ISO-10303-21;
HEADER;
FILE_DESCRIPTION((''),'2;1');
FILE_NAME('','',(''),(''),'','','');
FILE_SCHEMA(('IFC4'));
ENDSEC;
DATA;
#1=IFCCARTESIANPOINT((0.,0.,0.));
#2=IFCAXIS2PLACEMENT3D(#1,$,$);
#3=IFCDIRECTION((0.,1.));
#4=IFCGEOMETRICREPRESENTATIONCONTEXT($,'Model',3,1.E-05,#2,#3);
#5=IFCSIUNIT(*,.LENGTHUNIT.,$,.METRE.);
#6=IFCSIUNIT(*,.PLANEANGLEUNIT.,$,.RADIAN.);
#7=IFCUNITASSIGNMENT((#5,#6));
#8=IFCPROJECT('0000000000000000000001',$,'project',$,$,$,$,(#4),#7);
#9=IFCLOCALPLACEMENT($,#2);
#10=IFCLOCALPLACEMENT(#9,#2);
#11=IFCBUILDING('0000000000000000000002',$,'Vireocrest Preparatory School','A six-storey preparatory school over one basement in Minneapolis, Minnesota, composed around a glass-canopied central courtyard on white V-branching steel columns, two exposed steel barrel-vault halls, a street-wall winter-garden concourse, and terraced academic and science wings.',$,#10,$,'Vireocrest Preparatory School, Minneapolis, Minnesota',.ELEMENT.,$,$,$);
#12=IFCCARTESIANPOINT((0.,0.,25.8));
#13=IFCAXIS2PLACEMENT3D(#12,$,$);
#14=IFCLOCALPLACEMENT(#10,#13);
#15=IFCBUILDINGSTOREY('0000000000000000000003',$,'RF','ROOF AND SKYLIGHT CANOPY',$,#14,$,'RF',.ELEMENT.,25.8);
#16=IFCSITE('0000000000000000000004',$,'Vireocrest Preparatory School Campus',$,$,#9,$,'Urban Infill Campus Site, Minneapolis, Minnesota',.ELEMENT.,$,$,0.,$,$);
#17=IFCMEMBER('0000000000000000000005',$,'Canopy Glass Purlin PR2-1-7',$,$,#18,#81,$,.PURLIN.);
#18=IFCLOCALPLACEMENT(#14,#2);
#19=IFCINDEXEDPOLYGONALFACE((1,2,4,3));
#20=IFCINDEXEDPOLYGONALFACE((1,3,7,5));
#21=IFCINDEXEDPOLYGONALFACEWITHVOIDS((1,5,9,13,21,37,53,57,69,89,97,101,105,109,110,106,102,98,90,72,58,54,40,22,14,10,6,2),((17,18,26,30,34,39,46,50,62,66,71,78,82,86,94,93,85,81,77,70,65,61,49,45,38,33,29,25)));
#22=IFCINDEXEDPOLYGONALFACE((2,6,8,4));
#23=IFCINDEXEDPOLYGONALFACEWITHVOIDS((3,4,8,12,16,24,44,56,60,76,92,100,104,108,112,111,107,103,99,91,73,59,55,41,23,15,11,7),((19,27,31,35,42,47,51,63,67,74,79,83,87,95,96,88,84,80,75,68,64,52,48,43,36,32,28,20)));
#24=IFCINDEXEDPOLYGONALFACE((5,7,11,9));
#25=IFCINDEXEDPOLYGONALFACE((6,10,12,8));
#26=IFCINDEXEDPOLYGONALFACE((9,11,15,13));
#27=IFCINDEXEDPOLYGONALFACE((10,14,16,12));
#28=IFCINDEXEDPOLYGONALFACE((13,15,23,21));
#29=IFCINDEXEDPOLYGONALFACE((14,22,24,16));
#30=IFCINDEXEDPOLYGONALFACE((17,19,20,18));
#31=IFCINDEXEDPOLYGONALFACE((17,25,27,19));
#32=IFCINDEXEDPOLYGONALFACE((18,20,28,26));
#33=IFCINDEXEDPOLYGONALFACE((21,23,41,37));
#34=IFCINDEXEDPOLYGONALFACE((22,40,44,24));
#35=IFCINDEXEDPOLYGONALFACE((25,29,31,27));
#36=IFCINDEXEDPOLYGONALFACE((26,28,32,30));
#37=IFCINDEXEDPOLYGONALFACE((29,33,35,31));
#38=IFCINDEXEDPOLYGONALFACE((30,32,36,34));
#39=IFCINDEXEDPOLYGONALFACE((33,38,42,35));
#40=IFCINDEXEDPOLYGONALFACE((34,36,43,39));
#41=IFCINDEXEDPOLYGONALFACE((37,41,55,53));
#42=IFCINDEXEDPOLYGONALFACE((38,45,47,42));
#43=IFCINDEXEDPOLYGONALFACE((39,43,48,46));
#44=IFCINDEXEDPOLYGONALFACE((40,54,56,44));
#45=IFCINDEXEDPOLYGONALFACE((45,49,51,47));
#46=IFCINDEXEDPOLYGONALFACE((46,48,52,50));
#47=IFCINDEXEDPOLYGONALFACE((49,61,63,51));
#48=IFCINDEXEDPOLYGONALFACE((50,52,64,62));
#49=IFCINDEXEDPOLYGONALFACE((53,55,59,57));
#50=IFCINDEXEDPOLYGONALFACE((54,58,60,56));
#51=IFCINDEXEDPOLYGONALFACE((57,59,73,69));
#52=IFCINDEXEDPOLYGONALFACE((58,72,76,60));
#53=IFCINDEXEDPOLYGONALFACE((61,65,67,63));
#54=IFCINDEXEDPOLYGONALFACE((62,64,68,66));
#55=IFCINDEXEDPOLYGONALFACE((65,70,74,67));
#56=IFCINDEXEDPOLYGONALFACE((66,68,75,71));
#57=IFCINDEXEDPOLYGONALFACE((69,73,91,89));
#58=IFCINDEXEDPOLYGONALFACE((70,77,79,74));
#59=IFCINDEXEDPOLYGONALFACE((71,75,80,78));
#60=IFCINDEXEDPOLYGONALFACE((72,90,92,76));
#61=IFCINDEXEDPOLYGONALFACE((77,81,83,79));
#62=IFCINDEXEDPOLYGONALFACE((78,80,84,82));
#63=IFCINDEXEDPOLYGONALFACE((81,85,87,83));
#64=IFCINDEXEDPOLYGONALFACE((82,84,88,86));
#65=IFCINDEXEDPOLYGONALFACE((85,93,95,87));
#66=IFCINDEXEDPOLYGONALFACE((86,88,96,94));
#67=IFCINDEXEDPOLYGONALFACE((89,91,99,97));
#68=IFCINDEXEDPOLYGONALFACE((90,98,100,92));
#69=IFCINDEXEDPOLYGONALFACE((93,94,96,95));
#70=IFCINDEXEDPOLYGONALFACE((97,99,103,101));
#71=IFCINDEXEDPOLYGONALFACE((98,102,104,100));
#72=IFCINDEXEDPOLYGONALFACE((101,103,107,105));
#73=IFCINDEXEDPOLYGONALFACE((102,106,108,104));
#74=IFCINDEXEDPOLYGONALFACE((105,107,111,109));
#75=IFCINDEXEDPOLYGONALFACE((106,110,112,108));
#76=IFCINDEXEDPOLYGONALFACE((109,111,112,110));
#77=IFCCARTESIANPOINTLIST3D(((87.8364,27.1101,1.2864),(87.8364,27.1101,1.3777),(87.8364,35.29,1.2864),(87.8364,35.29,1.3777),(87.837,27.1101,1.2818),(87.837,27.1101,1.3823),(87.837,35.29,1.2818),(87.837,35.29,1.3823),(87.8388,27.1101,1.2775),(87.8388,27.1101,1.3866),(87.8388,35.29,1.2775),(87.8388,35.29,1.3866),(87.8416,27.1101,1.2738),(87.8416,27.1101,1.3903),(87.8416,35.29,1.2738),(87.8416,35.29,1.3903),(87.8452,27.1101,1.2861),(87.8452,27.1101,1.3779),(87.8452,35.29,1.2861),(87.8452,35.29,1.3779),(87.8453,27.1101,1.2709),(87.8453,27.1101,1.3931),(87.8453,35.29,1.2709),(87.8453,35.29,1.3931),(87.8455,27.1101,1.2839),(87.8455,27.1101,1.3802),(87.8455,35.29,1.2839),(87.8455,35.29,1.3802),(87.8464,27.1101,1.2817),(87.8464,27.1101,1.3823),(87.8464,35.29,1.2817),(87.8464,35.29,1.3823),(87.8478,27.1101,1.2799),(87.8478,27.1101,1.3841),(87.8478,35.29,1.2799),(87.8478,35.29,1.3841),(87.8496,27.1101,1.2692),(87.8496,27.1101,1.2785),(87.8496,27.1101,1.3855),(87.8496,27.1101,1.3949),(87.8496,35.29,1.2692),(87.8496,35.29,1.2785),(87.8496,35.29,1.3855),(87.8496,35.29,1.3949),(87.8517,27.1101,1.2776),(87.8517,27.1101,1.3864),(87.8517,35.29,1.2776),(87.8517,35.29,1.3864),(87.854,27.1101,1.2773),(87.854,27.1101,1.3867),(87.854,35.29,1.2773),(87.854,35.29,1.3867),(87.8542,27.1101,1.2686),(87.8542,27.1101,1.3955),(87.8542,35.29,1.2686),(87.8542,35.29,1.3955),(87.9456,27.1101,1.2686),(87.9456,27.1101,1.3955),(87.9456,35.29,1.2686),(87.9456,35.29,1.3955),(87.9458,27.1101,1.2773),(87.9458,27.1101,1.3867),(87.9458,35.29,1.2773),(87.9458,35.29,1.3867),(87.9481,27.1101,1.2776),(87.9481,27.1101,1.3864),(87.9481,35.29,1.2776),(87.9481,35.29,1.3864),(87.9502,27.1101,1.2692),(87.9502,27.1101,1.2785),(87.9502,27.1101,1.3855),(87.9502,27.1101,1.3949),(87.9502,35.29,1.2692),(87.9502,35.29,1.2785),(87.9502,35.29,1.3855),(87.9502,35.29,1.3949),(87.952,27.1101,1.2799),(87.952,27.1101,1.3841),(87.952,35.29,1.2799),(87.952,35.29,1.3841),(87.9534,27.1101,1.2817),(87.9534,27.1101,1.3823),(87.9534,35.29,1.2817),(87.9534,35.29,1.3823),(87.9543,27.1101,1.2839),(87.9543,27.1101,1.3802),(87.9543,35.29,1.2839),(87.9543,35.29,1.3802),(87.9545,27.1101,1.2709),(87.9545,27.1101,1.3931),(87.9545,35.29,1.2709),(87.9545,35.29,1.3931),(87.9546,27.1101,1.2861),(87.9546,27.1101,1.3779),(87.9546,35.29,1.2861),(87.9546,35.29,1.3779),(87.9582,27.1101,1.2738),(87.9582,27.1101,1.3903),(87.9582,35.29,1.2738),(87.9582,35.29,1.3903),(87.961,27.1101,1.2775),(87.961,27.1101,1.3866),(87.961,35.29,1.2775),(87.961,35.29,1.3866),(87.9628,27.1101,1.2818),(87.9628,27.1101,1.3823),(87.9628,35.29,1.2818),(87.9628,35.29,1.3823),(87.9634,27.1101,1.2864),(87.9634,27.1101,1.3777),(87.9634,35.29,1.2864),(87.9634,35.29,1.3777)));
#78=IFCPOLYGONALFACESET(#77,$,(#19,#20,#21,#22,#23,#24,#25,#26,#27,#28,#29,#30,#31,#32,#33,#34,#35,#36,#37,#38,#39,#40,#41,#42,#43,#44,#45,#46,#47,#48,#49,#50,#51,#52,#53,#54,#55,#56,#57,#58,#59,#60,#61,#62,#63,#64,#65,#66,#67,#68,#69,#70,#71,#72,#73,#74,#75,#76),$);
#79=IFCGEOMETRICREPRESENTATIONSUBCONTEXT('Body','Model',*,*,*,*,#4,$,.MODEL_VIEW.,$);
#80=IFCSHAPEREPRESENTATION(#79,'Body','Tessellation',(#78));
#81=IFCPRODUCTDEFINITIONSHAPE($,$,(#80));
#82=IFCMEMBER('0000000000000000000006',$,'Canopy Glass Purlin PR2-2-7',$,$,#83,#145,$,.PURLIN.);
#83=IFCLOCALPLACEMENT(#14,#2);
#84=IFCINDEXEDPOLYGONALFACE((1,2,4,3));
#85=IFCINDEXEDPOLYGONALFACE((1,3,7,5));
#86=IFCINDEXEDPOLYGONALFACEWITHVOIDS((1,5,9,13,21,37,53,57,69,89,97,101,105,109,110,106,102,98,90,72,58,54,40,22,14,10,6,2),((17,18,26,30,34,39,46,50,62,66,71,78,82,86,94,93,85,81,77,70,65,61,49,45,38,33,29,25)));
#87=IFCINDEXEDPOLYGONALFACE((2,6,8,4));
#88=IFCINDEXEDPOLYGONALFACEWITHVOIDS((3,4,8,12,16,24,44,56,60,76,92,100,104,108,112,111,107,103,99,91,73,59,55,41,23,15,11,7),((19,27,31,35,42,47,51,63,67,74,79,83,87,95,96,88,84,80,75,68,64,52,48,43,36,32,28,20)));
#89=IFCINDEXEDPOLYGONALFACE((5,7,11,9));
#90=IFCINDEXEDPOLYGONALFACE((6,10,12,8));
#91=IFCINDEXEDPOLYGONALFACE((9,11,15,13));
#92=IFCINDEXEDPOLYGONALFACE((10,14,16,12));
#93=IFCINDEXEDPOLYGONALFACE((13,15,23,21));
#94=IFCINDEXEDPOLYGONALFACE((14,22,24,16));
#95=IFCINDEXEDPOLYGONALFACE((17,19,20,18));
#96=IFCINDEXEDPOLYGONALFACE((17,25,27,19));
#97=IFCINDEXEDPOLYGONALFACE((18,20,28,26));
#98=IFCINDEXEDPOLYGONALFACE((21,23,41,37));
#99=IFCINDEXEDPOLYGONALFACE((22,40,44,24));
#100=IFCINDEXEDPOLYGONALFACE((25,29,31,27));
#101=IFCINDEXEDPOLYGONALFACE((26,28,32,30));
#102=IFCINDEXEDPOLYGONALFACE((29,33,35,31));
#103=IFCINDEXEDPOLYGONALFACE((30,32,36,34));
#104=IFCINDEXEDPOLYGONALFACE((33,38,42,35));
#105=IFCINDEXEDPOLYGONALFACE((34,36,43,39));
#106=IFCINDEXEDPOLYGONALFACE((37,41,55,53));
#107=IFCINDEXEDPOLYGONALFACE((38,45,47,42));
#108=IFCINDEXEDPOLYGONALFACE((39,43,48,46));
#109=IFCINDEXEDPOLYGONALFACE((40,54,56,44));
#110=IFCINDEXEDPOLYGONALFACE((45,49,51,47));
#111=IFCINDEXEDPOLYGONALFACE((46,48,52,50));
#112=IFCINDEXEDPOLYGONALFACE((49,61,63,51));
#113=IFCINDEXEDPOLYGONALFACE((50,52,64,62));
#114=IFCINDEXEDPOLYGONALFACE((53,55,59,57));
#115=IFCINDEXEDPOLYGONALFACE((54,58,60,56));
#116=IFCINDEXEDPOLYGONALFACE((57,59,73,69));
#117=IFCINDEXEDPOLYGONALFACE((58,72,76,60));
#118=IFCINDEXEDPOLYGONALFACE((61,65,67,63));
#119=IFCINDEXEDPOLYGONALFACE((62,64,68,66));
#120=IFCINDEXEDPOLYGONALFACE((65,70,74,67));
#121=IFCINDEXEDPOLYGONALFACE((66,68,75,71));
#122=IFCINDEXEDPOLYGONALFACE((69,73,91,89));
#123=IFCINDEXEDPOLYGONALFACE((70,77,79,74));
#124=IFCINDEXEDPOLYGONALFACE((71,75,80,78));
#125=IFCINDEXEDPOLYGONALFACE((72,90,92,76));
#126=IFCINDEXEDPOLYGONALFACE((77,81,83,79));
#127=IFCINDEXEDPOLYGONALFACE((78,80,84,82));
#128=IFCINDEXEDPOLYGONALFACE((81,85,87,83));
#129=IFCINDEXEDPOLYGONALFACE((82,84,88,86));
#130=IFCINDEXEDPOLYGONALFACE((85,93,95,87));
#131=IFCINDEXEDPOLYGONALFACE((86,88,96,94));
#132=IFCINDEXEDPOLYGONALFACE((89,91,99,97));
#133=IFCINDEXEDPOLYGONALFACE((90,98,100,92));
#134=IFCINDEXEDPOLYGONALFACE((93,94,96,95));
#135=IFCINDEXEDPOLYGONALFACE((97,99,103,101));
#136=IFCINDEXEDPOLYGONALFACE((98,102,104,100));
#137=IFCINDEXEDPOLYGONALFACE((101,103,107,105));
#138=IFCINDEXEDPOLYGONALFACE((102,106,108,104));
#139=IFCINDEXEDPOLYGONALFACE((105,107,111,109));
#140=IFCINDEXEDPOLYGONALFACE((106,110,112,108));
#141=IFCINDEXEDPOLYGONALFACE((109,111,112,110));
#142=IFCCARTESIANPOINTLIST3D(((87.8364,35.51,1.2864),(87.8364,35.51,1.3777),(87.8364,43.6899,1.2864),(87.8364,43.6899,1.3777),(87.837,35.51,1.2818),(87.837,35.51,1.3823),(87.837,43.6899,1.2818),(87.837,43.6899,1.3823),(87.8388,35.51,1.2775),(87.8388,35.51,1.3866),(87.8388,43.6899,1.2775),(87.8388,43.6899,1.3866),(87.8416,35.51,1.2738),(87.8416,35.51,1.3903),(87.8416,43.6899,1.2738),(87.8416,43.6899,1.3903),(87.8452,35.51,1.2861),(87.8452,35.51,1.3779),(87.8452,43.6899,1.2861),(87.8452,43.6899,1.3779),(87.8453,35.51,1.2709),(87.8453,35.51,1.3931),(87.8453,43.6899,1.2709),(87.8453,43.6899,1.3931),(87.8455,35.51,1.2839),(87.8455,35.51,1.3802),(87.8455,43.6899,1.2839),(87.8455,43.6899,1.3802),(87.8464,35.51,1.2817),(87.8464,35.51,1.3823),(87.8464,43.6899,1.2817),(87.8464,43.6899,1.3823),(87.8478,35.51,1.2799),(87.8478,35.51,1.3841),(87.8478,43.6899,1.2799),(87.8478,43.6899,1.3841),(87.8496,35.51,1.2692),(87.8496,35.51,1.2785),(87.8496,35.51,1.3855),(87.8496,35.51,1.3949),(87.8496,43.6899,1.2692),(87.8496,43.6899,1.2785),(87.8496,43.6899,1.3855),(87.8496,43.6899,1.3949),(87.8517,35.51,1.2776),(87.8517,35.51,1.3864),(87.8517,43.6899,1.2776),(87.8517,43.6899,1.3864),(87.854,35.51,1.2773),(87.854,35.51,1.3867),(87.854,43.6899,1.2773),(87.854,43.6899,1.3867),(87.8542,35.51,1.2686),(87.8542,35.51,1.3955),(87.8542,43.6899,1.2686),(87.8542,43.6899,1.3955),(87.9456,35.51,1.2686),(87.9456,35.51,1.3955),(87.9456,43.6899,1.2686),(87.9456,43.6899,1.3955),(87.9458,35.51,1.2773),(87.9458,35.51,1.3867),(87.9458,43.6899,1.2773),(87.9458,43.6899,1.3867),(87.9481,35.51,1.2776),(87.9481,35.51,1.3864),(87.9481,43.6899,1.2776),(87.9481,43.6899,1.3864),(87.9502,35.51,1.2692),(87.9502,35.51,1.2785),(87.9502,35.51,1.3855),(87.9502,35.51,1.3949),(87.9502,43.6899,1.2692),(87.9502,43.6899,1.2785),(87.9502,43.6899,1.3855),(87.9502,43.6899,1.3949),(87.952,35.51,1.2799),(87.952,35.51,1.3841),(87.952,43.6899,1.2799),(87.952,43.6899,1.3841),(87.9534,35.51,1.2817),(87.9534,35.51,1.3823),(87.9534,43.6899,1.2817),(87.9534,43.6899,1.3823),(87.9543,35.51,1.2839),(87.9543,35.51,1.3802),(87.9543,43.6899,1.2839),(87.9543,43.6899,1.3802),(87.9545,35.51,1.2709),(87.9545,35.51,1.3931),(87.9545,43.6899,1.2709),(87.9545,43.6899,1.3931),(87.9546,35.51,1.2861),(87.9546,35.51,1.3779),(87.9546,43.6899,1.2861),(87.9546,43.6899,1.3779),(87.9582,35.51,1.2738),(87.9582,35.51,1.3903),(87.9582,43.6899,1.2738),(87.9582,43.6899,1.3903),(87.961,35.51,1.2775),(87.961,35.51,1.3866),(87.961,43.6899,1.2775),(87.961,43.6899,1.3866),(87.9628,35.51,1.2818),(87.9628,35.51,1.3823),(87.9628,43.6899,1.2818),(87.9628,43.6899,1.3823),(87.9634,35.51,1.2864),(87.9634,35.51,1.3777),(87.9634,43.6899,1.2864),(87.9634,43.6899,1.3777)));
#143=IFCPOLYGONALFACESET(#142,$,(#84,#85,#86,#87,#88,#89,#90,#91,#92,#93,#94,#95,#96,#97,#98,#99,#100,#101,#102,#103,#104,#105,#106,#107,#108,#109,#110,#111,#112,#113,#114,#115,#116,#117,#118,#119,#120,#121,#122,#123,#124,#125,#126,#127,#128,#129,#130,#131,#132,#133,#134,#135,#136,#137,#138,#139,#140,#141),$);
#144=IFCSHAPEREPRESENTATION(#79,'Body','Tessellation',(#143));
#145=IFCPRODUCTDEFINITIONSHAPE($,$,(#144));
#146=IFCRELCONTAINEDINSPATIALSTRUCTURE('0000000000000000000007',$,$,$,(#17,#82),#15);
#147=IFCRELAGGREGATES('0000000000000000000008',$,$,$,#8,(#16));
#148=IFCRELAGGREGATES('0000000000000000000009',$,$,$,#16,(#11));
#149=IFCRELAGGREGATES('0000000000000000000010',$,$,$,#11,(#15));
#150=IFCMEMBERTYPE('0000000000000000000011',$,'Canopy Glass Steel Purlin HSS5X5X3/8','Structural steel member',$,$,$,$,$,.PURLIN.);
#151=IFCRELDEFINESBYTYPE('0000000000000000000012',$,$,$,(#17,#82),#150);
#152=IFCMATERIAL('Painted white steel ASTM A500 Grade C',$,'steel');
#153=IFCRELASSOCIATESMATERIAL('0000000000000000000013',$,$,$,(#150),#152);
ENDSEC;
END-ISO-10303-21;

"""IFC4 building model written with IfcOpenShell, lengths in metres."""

from ifc_helpers import new_model, si_unit, direction, frame, origin, origin_2d, place, context, subcontext, project, spatial, hollow_rectangle, extrude, material, material_profile, profile_set, type_object, element, save


model = new_model("IFC4")

# Units and contexts
model_context = context("Model", 3, precision=1e-05, world=origin(), true_north=direction((0.0, 1.0)))
body_context = subcontext(model_context, "Body", "Model", "MODEL_VIEW")
ifc_project = project(units=[si_unit("LENGTHUNIT", "METRE"), si_unit("PLANEANGLEUNIT", "RADIAN")], contexts=[model_context])

# Site, building, storey
site_placement = place(None, origin())
site = spatial("IfcSite", under=ifc_project, at=site_placement, Name="Vireocrest Preparatory School Campus", LongName="Urban Infill Campus Site, Minneapolis, Minnesota", CompositionType="ELEMENT", RefElevation=0.0)
building_placement = place(site_placement, origin())
building = spatial("IfcBuilding", under=site, at=building_placement, Name="Vireocrest Preparatory School", Description="A six-storey preparatory school over one basement in Minneapolis, Minnesota, composed around a glass-canopied central courtyard on white V-branching steel columns, two exposed steel barrel-vault halls, a street-wall winter-garden concourse, and terraced academic and science wings.", LongName="Vireocrest Preparatory School, Minneapolis, Minnesota", CompositionType="ELEMENT")
storey_placement = place(building_placement, frame((0.0, 0.0, 25.8)))
storey = spatial("IfcBuildingStorey", under=building, at=storey_placement, Name="RF", Description="ROOF AND SKYLIGHT CANOPY", LongName="RF", CompositionType="ELEMENT", Elevation=25.8)

# Members
ifc_material_1 = material(Name="Painted white steel ASTM A500 Grade C", Category="steel")
ifc_material_profile_1 = material_profile(ifc_material_1, hollow_rectangle(XDim=0.127, YDim=0.127, WallThickness=0.0088, InnerFilletRadius=0.0088, OuterFilletRadius=0.0178, at=origin_2d()), Name="HSS5X5X3/8")
ifc_profile_set_1 = profile_set([ifc_material_profile_1], Name="Painted white steel ASTM A500 Grade C")
member_type_1 = type_object("IfcMemberType", Name="Canopy Glass Steel Purlin HSS5X5X3/8", Description="Structural steel member", PredefinedType="PURLIN", material=ifc_profile_set_1)
for number, where, z_axis, x_axis, name in (
    (1, (87.8999, 27.1101, 1.332), (0.0, 1.0, 0.0), (-1.0, 0.0, 0.0), "Canopy Glass Purlin PR2-1-7"),
    (2, (87.8999, 35.51, 1.332), (0.0, 1.0, 0.0), (-1.0, 0.0, 0.0), "Canopy Glass Purlin PR2-2-7"),
):
    element("IfcMember", number, at=place(storey_placement, frame(where, z_axis=z_axis, x_axis=x_axis)), inside=storey, type_object=member_type_1, Name=name, PredefinedType="PURLIN", context=body_context, shape_type="SweptSolid", body=[
        extrude(hollow_rectangle(XDim=0.127, YDim=0.127, WallThickness=0.0088, InnerFilletRadius=0.0088, OuterFilletRadius=0.0178, at=origin_2d()), origin(), (0.0, 0.0, 1.0), 8.1799),
    ])

save(model, "model.ifc")
